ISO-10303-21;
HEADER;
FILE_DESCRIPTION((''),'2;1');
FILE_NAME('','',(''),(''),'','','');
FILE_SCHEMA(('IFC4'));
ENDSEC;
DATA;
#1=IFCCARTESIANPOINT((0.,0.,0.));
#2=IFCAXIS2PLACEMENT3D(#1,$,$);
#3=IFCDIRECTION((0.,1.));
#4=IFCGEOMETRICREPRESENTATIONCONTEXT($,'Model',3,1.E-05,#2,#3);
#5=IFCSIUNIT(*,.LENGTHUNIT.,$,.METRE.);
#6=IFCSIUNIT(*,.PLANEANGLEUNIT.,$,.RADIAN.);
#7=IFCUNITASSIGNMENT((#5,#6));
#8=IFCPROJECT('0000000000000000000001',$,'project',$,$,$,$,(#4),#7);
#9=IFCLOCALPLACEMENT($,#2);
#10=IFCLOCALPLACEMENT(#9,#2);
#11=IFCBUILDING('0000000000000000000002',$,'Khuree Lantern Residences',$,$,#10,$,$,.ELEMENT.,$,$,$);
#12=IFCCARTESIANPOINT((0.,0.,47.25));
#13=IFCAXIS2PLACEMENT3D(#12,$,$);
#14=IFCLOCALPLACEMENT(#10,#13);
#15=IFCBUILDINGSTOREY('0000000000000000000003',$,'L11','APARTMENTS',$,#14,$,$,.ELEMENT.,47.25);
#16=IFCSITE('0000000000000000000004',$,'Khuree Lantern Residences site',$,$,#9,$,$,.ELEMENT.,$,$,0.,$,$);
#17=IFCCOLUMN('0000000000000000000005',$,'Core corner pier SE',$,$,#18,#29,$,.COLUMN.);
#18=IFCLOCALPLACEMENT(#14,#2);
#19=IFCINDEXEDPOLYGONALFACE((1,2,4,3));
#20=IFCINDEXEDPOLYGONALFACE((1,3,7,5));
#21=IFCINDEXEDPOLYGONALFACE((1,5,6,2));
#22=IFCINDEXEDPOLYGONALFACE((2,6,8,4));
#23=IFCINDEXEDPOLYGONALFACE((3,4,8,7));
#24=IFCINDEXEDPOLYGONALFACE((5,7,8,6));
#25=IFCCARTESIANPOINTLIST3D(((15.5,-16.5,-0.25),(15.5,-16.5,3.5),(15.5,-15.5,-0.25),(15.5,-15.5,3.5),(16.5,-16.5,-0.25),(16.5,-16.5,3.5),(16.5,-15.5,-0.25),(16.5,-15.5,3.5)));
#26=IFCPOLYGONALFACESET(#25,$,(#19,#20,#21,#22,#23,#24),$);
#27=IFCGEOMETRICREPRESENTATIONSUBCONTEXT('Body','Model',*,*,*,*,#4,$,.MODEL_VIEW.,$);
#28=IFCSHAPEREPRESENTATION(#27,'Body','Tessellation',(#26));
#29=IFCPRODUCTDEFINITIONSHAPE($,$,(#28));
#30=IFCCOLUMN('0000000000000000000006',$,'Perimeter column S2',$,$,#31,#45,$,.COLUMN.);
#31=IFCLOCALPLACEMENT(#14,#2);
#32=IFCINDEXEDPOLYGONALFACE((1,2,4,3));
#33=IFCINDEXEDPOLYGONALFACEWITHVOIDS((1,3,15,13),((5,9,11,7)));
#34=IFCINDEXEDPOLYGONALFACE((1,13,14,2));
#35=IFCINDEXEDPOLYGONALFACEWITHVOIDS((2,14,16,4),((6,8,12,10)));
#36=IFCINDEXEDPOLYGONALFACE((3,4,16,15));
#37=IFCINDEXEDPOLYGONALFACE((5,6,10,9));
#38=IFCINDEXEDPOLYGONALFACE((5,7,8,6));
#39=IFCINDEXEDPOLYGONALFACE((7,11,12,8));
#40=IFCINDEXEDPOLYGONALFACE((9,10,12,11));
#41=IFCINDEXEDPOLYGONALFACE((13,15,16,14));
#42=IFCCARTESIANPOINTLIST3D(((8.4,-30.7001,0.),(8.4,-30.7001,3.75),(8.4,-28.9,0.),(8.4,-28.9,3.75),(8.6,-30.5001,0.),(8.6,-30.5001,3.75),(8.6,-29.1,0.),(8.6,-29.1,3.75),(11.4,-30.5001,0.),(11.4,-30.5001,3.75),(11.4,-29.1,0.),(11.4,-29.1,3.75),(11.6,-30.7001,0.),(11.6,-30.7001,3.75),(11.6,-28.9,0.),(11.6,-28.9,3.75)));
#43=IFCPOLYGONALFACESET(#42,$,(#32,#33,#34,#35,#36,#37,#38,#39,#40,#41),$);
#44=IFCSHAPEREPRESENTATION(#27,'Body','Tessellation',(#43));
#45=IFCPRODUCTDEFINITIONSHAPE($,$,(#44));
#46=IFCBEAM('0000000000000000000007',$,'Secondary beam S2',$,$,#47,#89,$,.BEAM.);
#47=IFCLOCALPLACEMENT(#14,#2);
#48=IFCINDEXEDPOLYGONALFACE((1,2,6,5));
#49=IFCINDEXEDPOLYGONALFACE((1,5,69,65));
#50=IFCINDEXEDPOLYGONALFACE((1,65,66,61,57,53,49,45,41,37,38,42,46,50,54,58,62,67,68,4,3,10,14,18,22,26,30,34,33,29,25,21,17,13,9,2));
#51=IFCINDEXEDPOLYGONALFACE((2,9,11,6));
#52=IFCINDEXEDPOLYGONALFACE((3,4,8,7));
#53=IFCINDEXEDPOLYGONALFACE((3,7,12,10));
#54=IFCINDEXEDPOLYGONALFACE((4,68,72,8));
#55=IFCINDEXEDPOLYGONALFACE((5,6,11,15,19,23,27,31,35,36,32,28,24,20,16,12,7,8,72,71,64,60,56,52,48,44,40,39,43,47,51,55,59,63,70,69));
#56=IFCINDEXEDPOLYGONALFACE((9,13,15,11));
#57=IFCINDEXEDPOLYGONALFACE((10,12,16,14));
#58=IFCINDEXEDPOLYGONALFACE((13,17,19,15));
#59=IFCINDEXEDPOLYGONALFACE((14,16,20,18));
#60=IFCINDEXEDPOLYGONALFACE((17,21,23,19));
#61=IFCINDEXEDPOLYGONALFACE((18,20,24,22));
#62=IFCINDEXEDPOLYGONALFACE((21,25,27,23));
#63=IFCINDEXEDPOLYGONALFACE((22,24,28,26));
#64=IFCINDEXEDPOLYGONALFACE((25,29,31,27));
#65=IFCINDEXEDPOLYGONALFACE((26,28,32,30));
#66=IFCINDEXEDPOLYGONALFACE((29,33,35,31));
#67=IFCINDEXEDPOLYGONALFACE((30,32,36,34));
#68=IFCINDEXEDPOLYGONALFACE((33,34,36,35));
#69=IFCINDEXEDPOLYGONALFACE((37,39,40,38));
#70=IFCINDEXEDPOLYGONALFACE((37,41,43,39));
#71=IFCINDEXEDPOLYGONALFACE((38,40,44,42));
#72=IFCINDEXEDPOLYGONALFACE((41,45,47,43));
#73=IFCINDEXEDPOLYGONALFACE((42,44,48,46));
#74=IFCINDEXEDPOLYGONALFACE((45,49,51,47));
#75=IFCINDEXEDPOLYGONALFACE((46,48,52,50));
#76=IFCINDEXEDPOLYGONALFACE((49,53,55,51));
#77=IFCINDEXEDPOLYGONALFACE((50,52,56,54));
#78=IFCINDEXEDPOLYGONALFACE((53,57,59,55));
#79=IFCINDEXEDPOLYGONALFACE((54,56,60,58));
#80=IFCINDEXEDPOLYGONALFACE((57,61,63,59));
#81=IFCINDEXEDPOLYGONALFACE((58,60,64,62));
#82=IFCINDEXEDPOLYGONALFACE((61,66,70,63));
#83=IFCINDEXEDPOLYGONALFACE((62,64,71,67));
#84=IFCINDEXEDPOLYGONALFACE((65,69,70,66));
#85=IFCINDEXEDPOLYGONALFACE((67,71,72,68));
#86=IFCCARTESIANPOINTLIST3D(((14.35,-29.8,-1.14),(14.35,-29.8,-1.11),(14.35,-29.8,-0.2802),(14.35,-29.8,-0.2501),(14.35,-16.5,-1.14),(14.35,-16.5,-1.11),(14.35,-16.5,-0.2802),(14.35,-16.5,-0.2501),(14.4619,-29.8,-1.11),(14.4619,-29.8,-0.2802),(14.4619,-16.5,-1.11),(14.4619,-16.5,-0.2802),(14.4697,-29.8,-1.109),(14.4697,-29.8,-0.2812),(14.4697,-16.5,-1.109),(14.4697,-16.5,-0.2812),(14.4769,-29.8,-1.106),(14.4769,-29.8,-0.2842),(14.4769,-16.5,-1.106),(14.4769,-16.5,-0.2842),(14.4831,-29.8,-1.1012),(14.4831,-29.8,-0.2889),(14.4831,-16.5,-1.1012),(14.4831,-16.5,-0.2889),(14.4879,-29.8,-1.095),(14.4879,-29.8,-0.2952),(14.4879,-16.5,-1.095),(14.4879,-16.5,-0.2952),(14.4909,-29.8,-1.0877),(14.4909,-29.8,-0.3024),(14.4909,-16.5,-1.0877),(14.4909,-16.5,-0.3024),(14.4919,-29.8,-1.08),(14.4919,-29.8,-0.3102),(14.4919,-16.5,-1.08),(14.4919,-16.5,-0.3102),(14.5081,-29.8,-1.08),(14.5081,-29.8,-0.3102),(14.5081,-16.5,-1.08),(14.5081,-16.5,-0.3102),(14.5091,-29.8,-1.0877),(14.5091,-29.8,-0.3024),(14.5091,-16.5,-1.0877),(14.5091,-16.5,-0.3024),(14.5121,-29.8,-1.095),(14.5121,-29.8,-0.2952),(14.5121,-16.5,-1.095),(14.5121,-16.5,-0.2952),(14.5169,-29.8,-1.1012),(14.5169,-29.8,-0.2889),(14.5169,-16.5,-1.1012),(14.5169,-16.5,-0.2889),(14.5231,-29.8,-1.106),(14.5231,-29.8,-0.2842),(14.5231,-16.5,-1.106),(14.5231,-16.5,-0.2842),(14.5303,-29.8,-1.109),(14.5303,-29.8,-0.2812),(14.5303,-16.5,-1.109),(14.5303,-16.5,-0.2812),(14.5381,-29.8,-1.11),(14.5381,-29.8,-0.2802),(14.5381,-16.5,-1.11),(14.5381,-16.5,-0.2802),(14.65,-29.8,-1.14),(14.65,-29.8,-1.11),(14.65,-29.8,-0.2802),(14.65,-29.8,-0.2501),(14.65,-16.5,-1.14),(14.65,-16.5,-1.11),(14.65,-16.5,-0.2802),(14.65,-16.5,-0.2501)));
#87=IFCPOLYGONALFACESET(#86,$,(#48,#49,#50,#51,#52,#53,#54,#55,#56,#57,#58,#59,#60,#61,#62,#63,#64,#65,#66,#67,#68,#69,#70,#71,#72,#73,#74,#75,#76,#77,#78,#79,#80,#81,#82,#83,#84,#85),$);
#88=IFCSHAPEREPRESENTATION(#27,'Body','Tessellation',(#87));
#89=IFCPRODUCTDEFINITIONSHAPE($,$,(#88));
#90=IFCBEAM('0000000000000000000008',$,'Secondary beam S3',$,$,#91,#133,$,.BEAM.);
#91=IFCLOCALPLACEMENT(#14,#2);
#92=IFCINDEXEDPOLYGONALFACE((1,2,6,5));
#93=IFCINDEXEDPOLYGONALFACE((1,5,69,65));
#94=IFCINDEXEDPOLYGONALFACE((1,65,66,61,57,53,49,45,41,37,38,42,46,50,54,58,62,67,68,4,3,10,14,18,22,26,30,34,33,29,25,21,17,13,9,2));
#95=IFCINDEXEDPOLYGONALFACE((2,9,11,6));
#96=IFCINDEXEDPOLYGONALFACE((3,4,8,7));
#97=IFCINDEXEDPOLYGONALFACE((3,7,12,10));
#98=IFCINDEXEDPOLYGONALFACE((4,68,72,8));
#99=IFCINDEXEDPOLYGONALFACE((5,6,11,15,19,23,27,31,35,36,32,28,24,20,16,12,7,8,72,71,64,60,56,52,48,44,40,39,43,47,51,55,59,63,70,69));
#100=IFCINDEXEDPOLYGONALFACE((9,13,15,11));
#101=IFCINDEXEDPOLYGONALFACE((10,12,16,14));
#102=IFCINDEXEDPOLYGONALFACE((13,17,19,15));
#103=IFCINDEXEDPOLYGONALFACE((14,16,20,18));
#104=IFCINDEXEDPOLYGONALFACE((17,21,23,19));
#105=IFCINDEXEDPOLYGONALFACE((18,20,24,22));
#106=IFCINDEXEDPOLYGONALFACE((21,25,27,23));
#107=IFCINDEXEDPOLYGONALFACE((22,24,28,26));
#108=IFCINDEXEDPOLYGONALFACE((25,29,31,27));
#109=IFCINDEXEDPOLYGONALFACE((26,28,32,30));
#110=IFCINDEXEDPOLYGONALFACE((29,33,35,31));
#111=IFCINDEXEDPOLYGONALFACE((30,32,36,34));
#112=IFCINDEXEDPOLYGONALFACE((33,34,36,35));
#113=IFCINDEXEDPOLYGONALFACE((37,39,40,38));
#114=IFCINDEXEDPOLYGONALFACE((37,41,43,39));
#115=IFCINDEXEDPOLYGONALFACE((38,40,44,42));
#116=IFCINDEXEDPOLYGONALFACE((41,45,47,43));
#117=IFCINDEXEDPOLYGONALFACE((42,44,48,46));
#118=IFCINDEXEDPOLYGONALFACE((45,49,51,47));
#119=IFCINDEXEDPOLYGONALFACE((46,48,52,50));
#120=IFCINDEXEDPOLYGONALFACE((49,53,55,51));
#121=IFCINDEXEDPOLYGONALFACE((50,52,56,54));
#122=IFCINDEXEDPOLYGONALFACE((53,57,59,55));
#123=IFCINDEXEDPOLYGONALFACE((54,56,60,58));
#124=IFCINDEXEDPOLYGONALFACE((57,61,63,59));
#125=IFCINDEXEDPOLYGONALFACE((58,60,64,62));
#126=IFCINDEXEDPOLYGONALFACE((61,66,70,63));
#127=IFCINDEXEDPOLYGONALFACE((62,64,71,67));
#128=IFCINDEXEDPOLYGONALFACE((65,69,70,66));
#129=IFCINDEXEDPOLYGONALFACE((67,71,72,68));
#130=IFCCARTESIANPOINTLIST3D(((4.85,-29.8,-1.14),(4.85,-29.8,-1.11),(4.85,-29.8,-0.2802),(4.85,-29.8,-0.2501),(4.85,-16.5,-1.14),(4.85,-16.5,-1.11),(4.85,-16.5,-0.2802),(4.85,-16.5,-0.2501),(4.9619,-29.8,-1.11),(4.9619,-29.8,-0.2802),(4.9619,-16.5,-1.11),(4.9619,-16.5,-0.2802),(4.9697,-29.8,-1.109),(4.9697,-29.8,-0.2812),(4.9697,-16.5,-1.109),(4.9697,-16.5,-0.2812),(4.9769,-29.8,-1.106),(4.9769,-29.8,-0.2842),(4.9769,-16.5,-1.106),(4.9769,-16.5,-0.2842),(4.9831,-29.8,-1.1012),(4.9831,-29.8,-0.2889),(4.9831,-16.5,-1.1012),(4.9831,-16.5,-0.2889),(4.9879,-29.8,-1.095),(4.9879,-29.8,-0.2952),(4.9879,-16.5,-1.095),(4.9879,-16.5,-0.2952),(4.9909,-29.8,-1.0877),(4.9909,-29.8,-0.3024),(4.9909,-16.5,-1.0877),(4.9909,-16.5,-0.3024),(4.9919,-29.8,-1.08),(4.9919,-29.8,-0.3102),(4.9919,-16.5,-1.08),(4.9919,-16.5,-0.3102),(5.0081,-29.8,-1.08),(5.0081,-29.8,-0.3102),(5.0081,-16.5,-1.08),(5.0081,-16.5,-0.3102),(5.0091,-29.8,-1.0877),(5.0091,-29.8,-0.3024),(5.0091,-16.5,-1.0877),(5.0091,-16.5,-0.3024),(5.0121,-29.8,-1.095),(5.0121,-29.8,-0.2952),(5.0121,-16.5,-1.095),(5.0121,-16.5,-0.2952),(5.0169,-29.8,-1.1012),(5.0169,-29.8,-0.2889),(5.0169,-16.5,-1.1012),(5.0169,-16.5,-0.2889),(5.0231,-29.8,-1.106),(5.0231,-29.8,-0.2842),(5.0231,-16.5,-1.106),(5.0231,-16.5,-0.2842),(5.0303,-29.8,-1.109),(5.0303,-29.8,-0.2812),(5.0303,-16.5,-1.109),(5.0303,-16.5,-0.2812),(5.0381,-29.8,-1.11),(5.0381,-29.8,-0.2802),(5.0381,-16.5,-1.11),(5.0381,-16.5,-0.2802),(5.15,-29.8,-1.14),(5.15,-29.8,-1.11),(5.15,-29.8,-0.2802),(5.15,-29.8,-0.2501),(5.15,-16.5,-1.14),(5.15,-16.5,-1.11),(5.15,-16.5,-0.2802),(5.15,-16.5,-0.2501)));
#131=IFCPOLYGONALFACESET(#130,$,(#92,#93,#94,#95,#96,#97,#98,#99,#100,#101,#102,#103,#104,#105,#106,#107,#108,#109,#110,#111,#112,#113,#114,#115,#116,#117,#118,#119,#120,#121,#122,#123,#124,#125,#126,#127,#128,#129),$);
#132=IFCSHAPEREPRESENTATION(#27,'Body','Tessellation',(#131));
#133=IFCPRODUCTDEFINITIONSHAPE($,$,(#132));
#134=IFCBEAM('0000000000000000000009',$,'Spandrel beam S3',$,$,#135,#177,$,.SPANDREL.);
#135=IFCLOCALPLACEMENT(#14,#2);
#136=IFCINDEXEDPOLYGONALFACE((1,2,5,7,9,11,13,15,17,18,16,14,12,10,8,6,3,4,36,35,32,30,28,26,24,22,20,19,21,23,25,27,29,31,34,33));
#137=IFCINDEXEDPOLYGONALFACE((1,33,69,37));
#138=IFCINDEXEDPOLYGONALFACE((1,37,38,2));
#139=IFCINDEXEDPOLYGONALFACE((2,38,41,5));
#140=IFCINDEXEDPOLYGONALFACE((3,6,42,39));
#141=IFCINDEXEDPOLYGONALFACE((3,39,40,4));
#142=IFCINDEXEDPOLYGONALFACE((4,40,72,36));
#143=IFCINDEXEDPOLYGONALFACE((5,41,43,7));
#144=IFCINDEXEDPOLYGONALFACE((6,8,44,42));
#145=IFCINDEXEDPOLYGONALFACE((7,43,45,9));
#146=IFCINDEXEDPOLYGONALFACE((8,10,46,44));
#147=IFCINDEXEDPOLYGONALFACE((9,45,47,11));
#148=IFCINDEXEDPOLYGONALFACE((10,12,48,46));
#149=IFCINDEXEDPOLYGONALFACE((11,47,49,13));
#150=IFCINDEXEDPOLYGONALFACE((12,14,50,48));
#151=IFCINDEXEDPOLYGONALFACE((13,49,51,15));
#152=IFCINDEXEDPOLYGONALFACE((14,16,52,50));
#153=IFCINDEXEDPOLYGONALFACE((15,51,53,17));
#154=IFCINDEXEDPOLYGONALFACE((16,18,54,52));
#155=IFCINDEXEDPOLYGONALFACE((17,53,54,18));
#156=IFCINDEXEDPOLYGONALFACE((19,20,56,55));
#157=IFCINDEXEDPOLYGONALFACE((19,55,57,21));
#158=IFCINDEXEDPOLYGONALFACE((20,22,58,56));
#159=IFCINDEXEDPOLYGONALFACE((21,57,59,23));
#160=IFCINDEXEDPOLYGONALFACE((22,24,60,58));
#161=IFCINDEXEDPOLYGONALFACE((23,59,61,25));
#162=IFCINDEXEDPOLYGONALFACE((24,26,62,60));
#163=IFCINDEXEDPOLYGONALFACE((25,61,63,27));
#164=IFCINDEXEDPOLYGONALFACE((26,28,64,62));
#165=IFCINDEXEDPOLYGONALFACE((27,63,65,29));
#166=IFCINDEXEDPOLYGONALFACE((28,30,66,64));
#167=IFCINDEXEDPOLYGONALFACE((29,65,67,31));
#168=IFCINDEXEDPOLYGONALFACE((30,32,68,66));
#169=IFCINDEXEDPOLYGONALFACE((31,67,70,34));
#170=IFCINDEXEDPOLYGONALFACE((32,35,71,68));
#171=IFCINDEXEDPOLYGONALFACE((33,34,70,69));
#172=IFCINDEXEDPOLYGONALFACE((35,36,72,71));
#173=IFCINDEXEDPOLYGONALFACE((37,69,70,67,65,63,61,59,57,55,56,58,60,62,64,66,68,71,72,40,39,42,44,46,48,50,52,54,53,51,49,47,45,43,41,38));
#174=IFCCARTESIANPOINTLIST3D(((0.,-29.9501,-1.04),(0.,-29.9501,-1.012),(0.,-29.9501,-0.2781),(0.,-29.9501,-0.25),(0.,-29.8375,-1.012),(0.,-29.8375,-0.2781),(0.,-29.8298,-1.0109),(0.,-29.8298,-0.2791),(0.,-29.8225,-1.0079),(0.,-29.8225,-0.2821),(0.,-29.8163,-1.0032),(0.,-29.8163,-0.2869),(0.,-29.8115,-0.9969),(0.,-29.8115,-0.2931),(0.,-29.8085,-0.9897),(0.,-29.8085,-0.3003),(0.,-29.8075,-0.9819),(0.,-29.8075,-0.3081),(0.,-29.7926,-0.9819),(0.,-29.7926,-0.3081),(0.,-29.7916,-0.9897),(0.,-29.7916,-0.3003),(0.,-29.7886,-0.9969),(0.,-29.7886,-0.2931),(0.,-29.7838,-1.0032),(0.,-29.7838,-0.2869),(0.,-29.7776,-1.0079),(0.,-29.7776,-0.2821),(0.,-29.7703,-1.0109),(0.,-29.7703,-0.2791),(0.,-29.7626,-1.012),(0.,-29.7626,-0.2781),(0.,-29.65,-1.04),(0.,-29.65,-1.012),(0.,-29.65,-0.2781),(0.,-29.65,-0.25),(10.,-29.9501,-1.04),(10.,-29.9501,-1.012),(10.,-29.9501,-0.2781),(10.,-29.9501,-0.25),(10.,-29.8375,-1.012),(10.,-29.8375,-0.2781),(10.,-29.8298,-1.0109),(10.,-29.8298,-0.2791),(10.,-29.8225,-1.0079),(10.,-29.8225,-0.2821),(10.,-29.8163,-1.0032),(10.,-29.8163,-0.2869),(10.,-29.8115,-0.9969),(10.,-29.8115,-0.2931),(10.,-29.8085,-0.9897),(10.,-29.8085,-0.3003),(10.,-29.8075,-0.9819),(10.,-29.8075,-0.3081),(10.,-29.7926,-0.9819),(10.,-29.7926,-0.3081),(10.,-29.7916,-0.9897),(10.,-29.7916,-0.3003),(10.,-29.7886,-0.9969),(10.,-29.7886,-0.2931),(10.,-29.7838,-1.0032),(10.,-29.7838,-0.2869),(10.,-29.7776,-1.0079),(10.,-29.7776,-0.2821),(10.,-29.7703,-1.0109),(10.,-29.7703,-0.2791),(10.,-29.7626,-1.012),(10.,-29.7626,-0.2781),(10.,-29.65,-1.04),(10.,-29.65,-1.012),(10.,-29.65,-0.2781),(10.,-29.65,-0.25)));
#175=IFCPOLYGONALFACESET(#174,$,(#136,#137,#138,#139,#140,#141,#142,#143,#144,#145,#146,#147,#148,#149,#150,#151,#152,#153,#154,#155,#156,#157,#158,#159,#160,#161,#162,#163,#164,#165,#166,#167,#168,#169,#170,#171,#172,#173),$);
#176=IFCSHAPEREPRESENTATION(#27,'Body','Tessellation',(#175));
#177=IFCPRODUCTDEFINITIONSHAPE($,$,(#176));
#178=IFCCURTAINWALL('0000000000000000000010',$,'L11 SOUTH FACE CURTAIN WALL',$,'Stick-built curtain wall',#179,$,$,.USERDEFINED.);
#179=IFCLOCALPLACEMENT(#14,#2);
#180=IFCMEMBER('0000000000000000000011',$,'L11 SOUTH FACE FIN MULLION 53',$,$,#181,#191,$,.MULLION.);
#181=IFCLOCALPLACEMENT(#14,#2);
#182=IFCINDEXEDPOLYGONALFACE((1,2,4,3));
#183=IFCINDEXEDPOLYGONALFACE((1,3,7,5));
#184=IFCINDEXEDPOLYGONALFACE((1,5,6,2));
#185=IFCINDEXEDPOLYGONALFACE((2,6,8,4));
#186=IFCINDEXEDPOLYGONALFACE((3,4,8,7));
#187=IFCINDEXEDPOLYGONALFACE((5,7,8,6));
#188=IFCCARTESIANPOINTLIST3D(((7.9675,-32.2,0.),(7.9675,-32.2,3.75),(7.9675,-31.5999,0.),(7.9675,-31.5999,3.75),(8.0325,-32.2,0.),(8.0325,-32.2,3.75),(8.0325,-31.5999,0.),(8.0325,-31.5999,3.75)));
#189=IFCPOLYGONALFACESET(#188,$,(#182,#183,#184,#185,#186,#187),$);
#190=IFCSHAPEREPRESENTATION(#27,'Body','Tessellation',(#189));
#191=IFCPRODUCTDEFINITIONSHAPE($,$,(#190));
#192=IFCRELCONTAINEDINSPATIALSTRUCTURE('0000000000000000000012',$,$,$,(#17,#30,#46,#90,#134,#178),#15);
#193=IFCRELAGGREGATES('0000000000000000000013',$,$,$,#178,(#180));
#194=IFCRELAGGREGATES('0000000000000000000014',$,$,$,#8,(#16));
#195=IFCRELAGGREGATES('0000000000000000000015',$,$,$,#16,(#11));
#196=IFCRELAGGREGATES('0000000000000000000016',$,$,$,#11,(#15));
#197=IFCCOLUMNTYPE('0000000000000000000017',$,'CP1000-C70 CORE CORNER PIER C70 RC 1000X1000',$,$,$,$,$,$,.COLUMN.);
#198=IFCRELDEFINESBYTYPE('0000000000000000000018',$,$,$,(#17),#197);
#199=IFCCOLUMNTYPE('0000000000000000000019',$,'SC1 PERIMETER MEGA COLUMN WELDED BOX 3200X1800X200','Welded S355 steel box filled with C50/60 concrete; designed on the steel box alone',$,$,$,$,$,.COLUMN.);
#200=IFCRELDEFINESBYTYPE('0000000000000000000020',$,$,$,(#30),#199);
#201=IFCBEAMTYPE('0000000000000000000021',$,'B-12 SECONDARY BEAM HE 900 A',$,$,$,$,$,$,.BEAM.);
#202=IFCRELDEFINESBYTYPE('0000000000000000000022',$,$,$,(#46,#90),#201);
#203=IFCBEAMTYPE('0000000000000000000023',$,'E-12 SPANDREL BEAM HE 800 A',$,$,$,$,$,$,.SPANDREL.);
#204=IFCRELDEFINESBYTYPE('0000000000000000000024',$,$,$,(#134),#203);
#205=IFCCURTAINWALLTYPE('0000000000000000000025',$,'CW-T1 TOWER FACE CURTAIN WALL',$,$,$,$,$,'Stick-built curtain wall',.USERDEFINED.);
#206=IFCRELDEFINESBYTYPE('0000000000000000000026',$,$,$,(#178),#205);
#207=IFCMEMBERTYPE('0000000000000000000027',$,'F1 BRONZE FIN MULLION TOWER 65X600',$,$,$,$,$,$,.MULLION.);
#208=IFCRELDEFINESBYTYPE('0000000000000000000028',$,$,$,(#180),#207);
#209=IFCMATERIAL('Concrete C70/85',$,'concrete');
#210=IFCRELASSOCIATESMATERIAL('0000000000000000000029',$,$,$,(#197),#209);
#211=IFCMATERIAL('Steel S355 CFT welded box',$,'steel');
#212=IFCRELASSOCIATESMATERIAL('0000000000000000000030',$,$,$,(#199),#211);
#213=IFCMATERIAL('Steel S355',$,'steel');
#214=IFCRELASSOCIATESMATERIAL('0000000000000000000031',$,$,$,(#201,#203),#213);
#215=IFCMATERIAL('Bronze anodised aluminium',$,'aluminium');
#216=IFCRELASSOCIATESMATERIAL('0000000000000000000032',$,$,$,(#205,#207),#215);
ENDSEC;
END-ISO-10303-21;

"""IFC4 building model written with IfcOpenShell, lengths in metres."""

from ifc_helpers import new_model, si_unit, direction, frame, origin, origin_2d, place, context, subcontext, project, spatial, rectangle, hollow_rectangle, i_section, extrude, material, material_profile, profile_set, type_object, element, aggregate, save


model = new_model("IFC4")

# Units and contexts
model_context = context("Model", 3, precision=1e-05, world=origin(), true_north=direction((0.0, 1.0)))
body_context = subcontext(model_context, "Body", "Model", "MODEL_VIEW")
ifc_project = project(units=[si_unit("LENGTHUNIT", "METRE"), si_unit("PLANEANGLEUNIT", "RADIAN")], contexts=[model_context])

# Site, building, storey
site_placement = place(None, origin())
site = spatial("IfcSite", under=ifc_project, at=site_placement, Name="Khuree Lantern Residences site", CompositionType="ELEMENT", RefElevation=0.0)
building_placement = place(site_placement, origin())
building = spatial("IfcBuilding", under=site, at=building_placement, Name="Khuree Lantern Residences", CompositionType="ELEMENT")
storey_placement = place(building_placement, frame((0.0, 0.0, 47.25)))
storey = spatial("IfcBuildingStorey", under=building, at=storey_placement, Name="L11", Description="APARTMENTS", CompositionType="ELEMENT", Elevation=47.25)

# Columns
ifc_material_1 = material(Name="Concrete C70/85", Category="concrete")
ifc_material_profile_1 = material_profile(ifc_material_1, rectangle(XDim=1.0, YDim=1.0, at=origin_2d()), Name="RC 1000X1000")
ifc_profile_set_1 = profile_set([ifc_material_profile_1], Name="Concrete C70/85")
column_type_1 = type_object("IfcColumnType", Name="CP1000-C70 CORE CORNER PIER C70 RC 1000X1000", PredefinedType="COLUMN", material=ifc_profile_set_1)
column_1_placement = place(storey_placement, frame((16.0, -16.0, -0.25), z_axis=(0.0, 0.0, 1.0), x_axis=(1.0, 0.0, 0.0)))
element("IfcColumn", 1, at=column_1_placement, inside=storey, type_object=column_type_1, Name="Core corner pier SE", PredefinedType="COLUMN", context=body_context, shape_type="SweptSolid", body=[
    extrude(rectangle(XDim=1.0, YDim=1.0, at=origin_2d()), origin(), (0.0, 0.0, 1.0), 3.75),
])
ifc_material_2 = material(Name="Steel S355 CFT welded box", Category="steel")
ifc_material_profile_2 = material_profile(ifc_material_2, hollow_rectangle(XDim=3.2, YDim=1.8, WallThickness=0.2, at=origin_2d()), Name="WELDED BOX 3200X1800X200")
ifc_profile_set_2 = profile_set([ifc_material_profile_2], Name="Steel S355 CFT welded box")
column_type_2 = type_object("IfcColumnType", Name="SC1 PERIMETER MEGA COLUMN WELDED BOX 3200X1800X200", Description="Welded S355 steel box filled with C50/60 concrete; designed on the steel box alone", PredefinedType="COLUMN", material=ifc_profile_set_2)
column_2_placement = place(storey_placement, frame((10.0, -29.8, 0.0), z_axis=(0.0, 0.0, 1.0), x_axis=(1.0, 0.0, 0.0)))
element("IfcColumn", 2, at=column_2_placement, inside=storey, type_object=column_type_2, Name="Perimeter column S2", PredefinedType="COLUMN", context=body_context, shape_type="SweptSolid", body=[
    extrude(hollow_rectangle(XDim=3.2, YDim=1.8, WallThickness=0.2, at=origin_2d()), origin(), (0.0, 0.0, 1.0), 3.75),
])

# Beams
ifc_material_3 = material(Name="Steel S355", Category="steel")
ifc_material_profile_3 = material_profile(ifc_material_3, i_section(OverallWidth=0.3, OverallDepth=0.8899, WebThickness=0.0161, FlangeThickness=0.03, FilletRadius=0.03, at=origin_2d()), Name="HE 900 A")
ifc_profile_set_3 = profile_set([ifc_material_profile_3], Name="Steel S355")
beam_type_1 = type_object("IfcBeamType", Name="B-12 SECONDARY BEAM HE 900 A", PredefinedType="BEAM", material=ifc_profile_set_3)
for number, where, z_axis, x_axis, name in (
    (3, (14.5, -29.8, -0.6951), (0.0, 1.0, 0.0), (-1.0, 0.0, 0.0), "Secondary beam S2"),
    (4, (5.0, -29.8, -0.6951), (0.0, 1.0, 0.0), (-1.0, 0.0, 0.0), "Secondary beam S3"),
):
    element("IfcBeam", number, at=place(storey_placement, frame(where, z_axis=z_axis, x_axis=x_axis)), inside=storey, type_object=beam_type_1, Name=name, PredefinedType="BEAM", context=body_context, shape_type="SweptSolid", body=[
        extrude(i_section(OverallWidth=0.3, OverallDepth=0.8899, WebThickness=0.0161, FlangeThickness=0.03, FilletRadius=0.03, at=origin_2d()), origin(), (0.0, 0.0, 1.0), 13.3),
    ])
ifc_material_profile_4 = material_profile(ifc_material_3, i_section(OverallWidth=0.3, OverallDepth=0.79, WebThickness=0.0149, FlangeThickness=0.0281, FilletRadius=0.03, at=origin_2d()), Name="HE 800 A")
ifc_profile_set_4 = profile_set([ifc_material_profile_4], Name="Steel S355")
beam_type_2 = type_object("IfcBeamType", Name="E-12 SPANDREL BEAM HE 800 A", PredefinedType="SPANDREL", material=ifc_profile_set_4)
beam_1_placement = place(storey_placement, frame((10.0, -29.8, -0.645), z_axis=(-1.0, 0.0, 0.0), x_axis=(0.0, -1.0, 0.0)))
element("IfcBeam", 5, at=beam_1_placement, inside=storey, type_object=beam_type_2, Name="Spandrel beam S3", PredefinedType="SPANDREL", context=body_context, shape_type="SweptSolid", body=[
    extrude(i_section(OverallWidth=0.3, OverallDepth=0.79, WebThickness=0.0149, FlangeThickness=0.0281, FilletRadius=0.03, at=origin_2d()), origin(), (0.0, 0.0, 1.0), 10.0),
])

# Curtain wall, member
ifc_material_4 = material(Name="Bronze anodised aluminium", Category="aluminium")
curtain_wall_type = type_object("IfcCurtainWallType", Name="CW-T1 TOWER FACE CURTAIN WALL", ElementType="Stick-built curtain wall", PredefinedType="USERDEFINED", material=ifc_material_4)
curtain_wall_placement = place(storey_placement, origin())
curtain_wall = element("IfcCurtainWall", 6, at=curtain_wall_placement, inside=storey, type_object=curtain_wall_type, Name="L11 SOUTH FACE CURTAIN WALL", ObjectType="Stick-built curtain wall", PredefinedType="USERDEFINED")
ifc_material_profile_5 = material_profile(ifc_material_4, rectangle(XDim=0.0649, YDim=0.6001, at=origin_2d()), Name="F1 65X600")
ifc_profile_set_5 = profile_set([ifc_material_profile_5], Name="Bronze anodised aluminium")
member_type_1 = type_object("IfcMemberType", Name="F1 BRONZE FIN MULLION TOWER 65X600", PredefinedType="MULLION", material=ifc_profile_set_5)
member_1_placement = place(storey_placement, frame((8.0, -31.8999, 0.0), z_axis=(0.0, 0.0, 1.0), x_axis=(1.0, 0.0, 0.0)))
member_1 = element("IfcMember", 7, at=member_1_placement, type_object=member_type_1, Name="L11 SOUTH FACE FIN MULLION 53", PredefinedType="MULLION", context=body_context, shape_type="SweptSolid", body=[
    extrude(rectangle(XDim=0.0649, YDim=0.6001, at=origin_2d()), origin(), (0.0, 0.0, 1.0), 3.75),
])

aggregate(curtain_wall, [member_1])

save(model, "model.ifc")
